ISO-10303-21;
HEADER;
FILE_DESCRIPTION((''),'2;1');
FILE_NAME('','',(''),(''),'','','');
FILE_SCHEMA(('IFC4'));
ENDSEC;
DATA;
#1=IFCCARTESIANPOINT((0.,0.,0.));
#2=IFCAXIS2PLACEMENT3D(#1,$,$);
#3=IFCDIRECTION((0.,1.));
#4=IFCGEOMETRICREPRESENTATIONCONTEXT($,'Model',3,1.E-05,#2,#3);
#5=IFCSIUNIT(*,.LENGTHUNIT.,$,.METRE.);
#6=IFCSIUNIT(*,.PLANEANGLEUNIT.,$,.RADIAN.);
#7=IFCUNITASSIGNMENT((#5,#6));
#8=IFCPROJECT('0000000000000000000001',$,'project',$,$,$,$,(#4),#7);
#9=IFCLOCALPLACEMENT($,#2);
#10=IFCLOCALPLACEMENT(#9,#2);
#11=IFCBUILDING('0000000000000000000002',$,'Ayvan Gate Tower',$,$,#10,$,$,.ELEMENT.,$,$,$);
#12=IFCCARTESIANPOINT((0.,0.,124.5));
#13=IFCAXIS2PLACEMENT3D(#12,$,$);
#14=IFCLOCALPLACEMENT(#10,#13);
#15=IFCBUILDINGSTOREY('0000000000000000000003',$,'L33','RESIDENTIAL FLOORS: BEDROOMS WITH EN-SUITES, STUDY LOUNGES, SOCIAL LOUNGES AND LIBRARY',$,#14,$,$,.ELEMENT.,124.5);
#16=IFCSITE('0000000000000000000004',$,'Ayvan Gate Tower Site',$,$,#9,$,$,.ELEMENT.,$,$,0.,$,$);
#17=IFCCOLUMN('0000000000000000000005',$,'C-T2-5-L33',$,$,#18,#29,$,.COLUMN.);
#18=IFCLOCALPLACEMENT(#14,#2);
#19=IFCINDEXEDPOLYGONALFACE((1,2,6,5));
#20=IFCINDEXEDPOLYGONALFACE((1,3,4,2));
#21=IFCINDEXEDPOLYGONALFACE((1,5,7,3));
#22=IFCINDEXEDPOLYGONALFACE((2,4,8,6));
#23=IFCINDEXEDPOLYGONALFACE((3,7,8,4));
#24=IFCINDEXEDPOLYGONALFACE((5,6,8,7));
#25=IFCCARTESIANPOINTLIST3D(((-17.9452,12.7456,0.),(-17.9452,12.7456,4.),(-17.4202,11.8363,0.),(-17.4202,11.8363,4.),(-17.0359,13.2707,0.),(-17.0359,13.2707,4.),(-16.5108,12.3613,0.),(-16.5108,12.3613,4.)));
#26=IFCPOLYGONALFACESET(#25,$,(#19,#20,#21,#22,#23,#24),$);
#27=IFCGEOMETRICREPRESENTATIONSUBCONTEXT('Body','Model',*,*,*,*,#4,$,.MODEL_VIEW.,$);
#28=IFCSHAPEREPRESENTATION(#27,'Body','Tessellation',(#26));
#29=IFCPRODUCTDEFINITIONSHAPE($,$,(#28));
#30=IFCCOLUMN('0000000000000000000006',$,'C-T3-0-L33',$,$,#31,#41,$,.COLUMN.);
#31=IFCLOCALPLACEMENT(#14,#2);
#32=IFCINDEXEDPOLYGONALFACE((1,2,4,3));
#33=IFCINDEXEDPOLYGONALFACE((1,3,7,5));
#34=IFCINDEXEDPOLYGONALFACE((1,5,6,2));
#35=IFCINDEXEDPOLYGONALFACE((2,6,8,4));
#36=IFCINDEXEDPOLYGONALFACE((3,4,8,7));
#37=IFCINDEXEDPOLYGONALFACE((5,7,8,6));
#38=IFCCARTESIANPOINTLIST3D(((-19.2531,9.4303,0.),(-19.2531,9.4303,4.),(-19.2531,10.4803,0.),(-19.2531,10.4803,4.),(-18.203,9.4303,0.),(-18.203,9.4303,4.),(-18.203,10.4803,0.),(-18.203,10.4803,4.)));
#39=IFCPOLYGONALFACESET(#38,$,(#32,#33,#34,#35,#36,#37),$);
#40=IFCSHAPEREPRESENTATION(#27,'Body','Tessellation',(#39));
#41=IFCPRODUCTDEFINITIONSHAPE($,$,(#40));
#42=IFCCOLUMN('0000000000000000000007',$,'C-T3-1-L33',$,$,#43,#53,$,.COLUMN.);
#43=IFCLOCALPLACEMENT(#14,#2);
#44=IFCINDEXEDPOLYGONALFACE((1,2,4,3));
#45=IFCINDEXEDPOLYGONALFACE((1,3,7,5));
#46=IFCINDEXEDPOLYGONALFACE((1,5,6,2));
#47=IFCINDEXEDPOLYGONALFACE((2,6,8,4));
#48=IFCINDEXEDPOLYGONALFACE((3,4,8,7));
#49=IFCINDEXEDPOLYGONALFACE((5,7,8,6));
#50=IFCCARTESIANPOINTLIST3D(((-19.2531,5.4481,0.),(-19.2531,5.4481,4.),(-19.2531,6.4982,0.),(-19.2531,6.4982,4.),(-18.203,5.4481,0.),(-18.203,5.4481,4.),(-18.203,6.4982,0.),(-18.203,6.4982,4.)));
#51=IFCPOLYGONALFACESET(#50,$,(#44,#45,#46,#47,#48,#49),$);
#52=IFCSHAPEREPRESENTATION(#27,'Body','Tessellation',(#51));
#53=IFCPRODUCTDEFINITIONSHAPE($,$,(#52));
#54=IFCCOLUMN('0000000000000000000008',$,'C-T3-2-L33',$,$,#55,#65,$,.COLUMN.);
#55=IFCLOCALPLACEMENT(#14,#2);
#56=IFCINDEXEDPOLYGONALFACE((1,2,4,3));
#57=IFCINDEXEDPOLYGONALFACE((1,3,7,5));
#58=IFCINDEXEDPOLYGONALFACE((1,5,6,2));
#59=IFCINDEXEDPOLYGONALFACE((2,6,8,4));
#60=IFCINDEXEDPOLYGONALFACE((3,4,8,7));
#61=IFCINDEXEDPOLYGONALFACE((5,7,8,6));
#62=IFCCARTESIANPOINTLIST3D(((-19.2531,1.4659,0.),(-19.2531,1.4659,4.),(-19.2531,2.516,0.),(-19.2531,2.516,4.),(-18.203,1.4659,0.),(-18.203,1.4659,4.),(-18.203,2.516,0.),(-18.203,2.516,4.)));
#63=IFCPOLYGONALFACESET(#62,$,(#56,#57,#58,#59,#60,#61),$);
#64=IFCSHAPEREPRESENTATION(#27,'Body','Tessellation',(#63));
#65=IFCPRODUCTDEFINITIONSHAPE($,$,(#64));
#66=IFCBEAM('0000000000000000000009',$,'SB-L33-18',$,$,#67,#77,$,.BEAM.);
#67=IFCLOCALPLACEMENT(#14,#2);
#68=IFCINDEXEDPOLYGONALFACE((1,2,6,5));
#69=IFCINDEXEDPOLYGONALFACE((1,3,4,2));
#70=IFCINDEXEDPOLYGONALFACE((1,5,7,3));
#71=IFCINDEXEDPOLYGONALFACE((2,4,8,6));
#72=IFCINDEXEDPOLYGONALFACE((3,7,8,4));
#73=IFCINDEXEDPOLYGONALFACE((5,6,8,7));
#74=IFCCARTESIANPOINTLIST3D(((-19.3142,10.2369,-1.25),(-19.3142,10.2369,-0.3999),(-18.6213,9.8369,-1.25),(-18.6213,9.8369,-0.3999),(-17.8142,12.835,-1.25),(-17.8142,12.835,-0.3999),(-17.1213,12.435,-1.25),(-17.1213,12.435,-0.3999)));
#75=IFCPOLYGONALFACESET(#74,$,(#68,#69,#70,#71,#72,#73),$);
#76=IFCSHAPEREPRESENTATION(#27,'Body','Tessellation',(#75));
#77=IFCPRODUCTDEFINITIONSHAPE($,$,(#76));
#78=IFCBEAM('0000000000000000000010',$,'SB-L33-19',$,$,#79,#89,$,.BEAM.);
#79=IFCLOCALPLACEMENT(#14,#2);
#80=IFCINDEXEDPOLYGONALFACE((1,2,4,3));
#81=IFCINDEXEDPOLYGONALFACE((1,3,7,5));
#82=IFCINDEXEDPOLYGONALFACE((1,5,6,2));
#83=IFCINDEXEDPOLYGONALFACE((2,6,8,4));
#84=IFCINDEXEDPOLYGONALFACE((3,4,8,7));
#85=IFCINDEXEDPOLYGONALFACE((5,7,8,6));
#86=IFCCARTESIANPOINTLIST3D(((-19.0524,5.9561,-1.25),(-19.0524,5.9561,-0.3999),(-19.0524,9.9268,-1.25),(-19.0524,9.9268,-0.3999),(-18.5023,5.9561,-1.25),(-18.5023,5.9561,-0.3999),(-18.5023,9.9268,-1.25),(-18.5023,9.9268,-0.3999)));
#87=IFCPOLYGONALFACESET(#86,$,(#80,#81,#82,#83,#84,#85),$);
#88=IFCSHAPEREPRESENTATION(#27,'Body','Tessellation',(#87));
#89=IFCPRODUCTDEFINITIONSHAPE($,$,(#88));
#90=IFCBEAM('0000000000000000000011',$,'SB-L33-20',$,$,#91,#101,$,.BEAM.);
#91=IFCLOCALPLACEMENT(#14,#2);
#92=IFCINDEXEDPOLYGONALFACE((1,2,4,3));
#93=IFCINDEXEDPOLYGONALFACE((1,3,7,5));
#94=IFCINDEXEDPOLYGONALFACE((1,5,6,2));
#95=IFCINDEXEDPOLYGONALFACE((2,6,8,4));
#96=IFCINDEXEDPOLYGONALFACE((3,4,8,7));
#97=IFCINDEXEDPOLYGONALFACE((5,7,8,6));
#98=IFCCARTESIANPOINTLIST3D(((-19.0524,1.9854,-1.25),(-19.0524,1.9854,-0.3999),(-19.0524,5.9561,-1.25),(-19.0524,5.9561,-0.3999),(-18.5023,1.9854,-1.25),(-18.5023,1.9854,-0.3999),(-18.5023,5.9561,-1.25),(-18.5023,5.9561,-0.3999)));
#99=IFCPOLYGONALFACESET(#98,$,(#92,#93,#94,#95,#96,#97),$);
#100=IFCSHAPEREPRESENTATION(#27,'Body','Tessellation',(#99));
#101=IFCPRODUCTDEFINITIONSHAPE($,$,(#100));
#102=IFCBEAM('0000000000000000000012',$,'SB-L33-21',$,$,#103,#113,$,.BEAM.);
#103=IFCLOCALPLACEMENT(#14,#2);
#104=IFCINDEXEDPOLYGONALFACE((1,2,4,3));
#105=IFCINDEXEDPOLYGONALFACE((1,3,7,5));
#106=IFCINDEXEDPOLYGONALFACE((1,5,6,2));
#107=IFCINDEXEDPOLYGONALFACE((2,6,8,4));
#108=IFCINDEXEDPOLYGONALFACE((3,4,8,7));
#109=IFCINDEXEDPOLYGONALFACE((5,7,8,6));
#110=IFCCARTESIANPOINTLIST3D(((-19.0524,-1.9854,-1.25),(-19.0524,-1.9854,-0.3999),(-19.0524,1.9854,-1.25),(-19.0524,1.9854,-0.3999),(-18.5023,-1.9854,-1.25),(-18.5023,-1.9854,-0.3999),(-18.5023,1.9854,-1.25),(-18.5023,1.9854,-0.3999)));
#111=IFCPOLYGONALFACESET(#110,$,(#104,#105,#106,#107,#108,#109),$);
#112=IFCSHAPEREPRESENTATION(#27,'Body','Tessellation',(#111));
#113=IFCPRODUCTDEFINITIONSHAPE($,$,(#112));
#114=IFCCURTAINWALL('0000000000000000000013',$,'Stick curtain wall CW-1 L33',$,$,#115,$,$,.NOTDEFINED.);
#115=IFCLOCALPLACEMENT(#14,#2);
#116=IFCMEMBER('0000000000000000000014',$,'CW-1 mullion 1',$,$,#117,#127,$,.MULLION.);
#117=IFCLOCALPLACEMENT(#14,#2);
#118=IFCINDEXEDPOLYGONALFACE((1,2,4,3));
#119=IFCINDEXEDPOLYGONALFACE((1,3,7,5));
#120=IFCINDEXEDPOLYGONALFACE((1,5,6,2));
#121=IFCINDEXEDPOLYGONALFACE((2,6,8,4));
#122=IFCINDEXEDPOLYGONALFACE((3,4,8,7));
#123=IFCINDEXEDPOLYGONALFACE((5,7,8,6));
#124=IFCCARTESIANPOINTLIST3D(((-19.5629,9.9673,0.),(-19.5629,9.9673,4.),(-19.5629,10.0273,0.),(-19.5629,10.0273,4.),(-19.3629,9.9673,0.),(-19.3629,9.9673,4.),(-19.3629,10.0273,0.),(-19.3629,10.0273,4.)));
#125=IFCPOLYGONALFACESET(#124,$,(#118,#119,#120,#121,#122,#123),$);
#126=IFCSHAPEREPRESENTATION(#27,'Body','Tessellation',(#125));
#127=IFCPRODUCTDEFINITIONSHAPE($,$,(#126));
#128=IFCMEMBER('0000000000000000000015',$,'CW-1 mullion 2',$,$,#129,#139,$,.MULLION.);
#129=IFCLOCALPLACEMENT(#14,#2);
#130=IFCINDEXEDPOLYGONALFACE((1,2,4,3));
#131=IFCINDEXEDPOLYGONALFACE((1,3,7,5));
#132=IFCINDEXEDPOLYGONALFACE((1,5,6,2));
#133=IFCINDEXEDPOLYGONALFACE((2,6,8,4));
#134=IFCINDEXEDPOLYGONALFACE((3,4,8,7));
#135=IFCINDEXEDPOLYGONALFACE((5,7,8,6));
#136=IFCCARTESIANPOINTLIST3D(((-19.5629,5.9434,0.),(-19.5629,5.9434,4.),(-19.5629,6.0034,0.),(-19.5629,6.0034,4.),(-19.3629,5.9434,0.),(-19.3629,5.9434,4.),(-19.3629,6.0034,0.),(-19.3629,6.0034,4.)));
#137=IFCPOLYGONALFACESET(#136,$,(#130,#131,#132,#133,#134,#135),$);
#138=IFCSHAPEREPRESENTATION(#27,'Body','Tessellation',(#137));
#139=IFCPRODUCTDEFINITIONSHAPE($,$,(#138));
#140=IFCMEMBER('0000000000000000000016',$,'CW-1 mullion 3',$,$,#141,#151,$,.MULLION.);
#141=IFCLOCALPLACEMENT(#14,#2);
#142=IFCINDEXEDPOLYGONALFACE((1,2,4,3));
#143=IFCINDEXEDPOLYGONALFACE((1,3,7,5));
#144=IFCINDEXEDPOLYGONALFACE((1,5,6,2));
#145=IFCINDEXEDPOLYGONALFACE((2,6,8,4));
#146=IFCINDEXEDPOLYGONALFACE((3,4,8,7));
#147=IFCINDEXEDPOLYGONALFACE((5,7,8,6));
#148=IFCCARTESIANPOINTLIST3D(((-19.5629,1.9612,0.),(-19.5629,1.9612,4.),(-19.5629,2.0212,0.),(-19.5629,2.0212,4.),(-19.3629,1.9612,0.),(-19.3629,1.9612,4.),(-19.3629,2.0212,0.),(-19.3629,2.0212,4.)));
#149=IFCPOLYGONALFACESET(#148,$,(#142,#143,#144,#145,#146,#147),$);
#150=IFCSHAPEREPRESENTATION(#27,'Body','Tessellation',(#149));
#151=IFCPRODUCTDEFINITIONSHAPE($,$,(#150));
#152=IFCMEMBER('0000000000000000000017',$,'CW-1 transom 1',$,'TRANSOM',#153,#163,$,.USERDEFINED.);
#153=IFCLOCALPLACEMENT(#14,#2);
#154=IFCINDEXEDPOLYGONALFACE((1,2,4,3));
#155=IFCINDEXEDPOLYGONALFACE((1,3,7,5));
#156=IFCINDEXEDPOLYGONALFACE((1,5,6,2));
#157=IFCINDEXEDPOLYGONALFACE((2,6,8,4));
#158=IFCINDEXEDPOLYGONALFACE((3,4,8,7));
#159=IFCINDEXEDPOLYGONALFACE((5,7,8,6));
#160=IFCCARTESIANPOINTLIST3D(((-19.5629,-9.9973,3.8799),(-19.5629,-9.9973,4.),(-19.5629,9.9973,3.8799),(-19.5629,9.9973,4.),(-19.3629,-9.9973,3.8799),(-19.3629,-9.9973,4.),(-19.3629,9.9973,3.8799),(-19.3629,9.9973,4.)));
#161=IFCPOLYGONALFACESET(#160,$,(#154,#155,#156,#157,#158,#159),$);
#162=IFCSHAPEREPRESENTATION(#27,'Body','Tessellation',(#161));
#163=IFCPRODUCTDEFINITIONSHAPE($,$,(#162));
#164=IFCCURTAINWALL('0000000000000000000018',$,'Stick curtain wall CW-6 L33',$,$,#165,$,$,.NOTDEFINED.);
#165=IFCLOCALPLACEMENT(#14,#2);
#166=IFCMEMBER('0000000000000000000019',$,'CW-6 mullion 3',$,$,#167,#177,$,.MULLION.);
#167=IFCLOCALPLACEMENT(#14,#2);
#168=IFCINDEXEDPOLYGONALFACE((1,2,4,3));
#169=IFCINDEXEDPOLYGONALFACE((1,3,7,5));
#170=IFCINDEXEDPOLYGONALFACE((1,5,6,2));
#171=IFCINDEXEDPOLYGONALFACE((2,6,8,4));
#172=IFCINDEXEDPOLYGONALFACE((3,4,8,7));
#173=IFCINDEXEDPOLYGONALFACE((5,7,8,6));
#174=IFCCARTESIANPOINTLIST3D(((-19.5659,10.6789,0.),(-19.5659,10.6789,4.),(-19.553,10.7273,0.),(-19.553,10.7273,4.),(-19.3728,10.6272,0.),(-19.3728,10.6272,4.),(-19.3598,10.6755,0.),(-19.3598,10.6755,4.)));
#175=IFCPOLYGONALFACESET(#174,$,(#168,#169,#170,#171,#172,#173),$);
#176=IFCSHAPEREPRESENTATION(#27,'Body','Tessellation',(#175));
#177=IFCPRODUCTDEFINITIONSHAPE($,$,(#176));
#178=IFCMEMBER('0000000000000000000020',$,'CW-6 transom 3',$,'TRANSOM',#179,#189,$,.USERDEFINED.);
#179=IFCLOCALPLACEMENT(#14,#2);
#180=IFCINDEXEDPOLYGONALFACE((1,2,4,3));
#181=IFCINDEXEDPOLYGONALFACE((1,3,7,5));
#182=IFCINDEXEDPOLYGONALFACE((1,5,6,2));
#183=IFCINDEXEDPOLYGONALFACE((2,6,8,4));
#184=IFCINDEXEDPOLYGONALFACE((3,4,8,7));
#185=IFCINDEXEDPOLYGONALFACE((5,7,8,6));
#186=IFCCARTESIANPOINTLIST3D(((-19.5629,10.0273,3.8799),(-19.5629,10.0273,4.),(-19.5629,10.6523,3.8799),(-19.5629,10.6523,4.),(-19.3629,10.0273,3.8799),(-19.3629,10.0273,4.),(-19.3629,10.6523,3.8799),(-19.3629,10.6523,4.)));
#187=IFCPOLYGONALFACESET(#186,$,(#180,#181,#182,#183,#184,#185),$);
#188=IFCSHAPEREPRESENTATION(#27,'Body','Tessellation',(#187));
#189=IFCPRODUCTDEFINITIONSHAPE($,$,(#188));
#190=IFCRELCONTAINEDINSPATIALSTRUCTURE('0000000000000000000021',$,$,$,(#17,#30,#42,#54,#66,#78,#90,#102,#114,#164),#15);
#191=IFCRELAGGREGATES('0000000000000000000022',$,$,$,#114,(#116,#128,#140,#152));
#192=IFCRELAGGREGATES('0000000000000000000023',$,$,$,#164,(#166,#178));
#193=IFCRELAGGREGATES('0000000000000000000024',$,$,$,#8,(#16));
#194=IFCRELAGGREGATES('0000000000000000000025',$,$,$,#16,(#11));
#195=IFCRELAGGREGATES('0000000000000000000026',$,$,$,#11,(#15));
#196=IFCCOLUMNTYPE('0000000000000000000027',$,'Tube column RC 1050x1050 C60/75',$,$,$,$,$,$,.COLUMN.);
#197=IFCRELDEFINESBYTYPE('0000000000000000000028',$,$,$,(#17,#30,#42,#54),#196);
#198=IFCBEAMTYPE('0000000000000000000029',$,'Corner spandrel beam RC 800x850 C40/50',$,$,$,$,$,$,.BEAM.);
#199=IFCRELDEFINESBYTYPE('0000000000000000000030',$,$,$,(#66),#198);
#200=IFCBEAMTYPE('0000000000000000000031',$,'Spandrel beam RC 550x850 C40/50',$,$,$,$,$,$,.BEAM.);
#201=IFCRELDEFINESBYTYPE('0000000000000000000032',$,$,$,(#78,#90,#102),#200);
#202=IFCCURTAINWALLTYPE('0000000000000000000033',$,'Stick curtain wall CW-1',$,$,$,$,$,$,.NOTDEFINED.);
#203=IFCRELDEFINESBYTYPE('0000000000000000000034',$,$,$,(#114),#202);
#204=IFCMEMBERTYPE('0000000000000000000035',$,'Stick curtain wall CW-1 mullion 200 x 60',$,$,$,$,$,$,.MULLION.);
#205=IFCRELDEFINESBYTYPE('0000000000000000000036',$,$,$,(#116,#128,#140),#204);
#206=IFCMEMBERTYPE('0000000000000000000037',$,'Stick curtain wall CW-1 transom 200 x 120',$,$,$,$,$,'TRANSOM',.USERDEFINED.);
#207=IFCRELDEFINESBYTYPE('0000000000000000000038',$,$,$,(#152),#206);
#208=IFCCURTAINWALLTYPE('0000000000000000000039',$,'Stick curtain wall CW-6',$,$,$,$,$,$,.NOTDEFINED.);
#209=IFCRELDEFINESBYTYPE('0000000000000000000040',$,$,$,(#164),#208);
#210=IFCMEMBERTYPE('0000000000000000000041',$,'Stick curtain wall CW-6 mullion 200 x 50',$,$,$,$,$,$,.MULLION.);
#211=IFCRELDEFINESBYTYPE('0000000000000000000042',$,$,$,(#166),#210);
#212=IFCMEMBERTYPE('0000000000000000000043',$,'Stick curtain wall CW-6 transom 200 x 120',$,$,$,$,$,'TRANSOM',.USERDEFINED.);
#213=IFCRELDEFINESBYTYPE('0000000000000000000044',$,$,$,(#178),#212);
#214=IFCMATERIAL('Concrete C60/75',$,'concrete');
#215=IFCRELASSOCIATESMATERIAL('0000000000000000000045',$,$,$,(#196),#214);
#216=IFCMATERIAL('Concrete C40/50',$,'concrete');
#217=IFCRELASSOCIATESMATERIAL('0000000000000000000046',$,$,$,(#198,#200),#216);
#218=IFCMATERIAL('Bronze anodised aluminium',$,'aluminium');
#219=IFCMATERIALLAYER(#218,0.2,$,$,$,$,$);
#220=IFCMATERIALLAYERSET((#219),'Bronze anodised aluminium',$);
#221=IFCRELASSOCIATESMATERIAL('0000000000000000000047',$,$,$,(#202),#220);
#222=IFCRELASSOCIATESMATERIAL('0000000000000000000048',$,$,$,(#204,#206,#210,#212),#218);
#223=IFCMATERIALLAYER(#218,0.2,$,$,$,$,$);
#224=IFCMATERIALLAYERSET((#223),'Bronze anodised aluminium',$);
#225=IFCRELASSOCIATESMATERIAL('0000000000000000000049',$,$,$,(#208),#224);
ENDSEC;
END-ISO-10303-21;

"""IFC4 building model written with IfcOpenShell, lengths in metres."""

from ifc_helpers import new_model, si_unit, direction, frame, origin, origin_2d, place, context, subcontext, project, spatial, rectangle, extrude, material, layer, layer_set, material_profile, profile_set, type_object, element, aggregate, save


model = new_model("IFC4")

# Units and contexts
model_context = context("Model", 3, precision=1e-05, world=origin(), true_north=direction((0.0, 1.0)))
body_context = subcontext(model_context, "Body", "Model", "MODEL_VIEW")
ifc_project = project(units=[si_unit("LENGTHUNIT", "METRE"), si_unit("PLANEANGLEUNIT", "RADIAN")], contexts=[model_context])

# Site, building, storey
site_placement = place(None, origin())
site = spatial("IfcSite", under=ifc_project, at=site_placement, Name="Ayvan Gate Tower Site", CompositionType="ELEMENT", RefElevation=0.0)
building_placement = place(site_placement, origin())
building = spatial("IfcBuilding", under=site, at=building_placement, Name="Ayvan Gate Tower", CompositionType="ELEMENT")
storey_placement = place(building_placement, frame((0.0, 0.0, 124.5)))
storey = spatial("IfcBuildingStorey", under=building, at=storey_placement, Name="L33", Description="RESIDENTIAL FLOORS: BEDROOMS WITH EN-SUITES, STUDY LOUNGES, SOCIAL LOUNGES AND LIBRARY", CompositionType="ELEMENT", Elevation=124.5)

# Columns
ifc_material_1 = material(Name="Concrete C60/75", Category="concrete")
ifc_material_profile_1 = material_profile(ifc_material_1, rectangle(XDim=1.05, YDim=1.05, at=origin_2d()), Name="RC 1050x1050")
ifc_profile_set_1 = profile_set([ifc_material_profile_1], Name="Concrete C60/75")
column_type = type_object("IfcColumnType", Name="Tube column RC 1050x1050 C60/75", PredefinedType="COLUMN", material=ifc_profile_set_1)
for number, where, z_axis, x_axis, name in (
    (1, (-17.228, 12.5535, 0.0), (0.0, 0.0, 1.0), (-0.5, 0.866025, 0.0), "C-T2-5-L33"),
    (2, (-18.728, 9.9553, 0.0), (0.0, 0.0, 1.0), (-1.0, 0.0, 0.0), "C-T3-0-L33"),
    (3, (-18.728, 5.9731, 0.0), (0.0, 0.0, 1.0), (-1.0, 0.0, 0.0), "C-T3-1-L33"),
    (4, (-18.728, 1.991, 0.0), (0.0, 0.0, 1.0), (-1.0, 0.0, 0.0), "C-T3-2-L33"),
):
    element("IfcColumn", number, at=place(storey_placement, frame(where, z_axis=z_axis, x_axis=x_axis)), inside=storey, type_object=column_type, Name=name, PredefinedType="COLUMN", context=body_context, shape_type="SweptSolid", body=[
        extrude(rectangle(XDim=1.05, YDim=1.05, at=origin_2d()), origin(), (0.0, 0.0, 1.0), 4.0),
    ])

# Beams
ifc_material_2 = material(Name="Concrete C40/50", Category="concrete")
ifc_material_profile_2 = material_profile(ifc_material_2, rectangle(XDim=0.8, YDim=0.8501, at=origin_2d()), Name="RC 800x850")
ifc_profile_set_2 = profile_set([ifc_material_profile_2], Name="Concrete C40/50")
beam_type_1 = type_object("IfcBeamType", Name="Corner spandrel beam RC 800x850 C40/50", PredefinedType="BEAM", material=ifc_profile_set_2)
beam_placement = place(storey_placement, frame((-17.4678, 12.635, -0.825), z_axis=(-0.49999, -0.866031, 0.0), x_axis=(0.866031, -0.49999, 0.0)))
element("IfcBeam", 5, at=beam_placement, inside=storey, type_object=beam_type_1, Name="SB-L33-18", PredefinedType="BEAM", context=body_context, shape_type="SweptSolid", body=[
    extrude(rectangle(XDim=0.8, YDim=0.8501, at=origin_2d()), origin(), (0.0, 0.0, 1.0), 3.0),
])
ifc_material_profile_3 = material_profile(ifc_material_2, rectangle(XDim=0.55, YDim=0.8501, at=origin_2d()), Name="RC 550x850")
ifc_profile_set_3 = profile_set([ifc_material_profile_3], Name="Concrete C40/50")
beam_type_2 = type_object("IfcBeamType", Name="Spandrel beam RC 550x850 C40/50", PredefinedType="BEAM", material=ifc_profile_set_3)
for number, where, z_axis, x_axis, name in (
    (6, (-18.7773, 9.9268, -0.825), (0.0, -1.0, 0.0), (1.0, 0.0, 0.0), "SB-L33-19"),
    (7, (-18.7773, 5.9561, -0.825), (0.0, -1.0, 0.0), (1.0, 0.0, 0.0), "SB-L33-20"),
    (8, (-18.7773, 1.9854, -0.825), (0.0, -1.0, 0.0), (1.0, 0.0, 0.0), "SB-L33-21"),
):
    element("IfcBeam", number, at=place(storey_placement, frame(where, z_axis=z_axis, x_axis=x_axis)), inside=storey, type_object=beam_type_2, Name=name, PredefinedType="BEAM", context=body_context, shape_type="SweptSolid", body=[
        extrude(rectangle(XDim=0.55, YDim=0.8501, at=origin_2d()), origin(), (0.0, 0.0, 1.0), 3.9707),
    ])

# Curtain walls, members
ifc_material_3 = material(Name="Bronze anodised aluminium", Category="aluminium")
ifc_layer_1 = layer(ifc_material_3, 0.2)
ifc_layer_set_1 = layer_set([ifc_layer_1], Name="Bronze anodised aluminium")
curtain_wall_type_1 = type_object("IfcCurtainWallType", Name="Stick curtain wall CW-1", PredefinedType="NOTDEFINED", material=ifc_layer_set_1)
curtain_wall_1_placement = place(storey_placement, origin())
curtain_wall_1 = element("IfcCurtainWall", 9, at=curtain_wall_1_placement, inside=storey, type_object=curtain_wall_type_1, Name="Stick curtain wall CW-1 L33", PredefinedType="NOTDEFINED")
ifc_material_profile_4 = material_profile(ifc_material_3, rectangle(XDim=0.2, YDim=0.0601, at=origin_2d()), Name="Stick curtain wall CW-1 mullion 200 x 60")
ifc_profile_set_4 = profile_set([ifc_material_profile_4], Name="Bronze anodised aluminium")
member_type_1 = type_object("IfcMemberType", Name="Stick curtain wall CW-1 mullion 200 x 60", PredefinedType="MULLION", material=ifc_profile_set_4)
member_1_placement = place(storey_placement, frame((-19.4629, 9.9973, 0.0), z_axis=(0.0, 0.0, 1.0), x_axis=(-1.0, 0.0, 0.0)))
member_1 = element("IfcMember", 10, at=member_1_placement, type_object=member_type_1, Name="CW-1 mullion 1", PredefinedType="MULLION", context=body_context, shape_type="SweptSolid", body=[
    extrude(rectangle(XDim=0.2, YDim=0.0601, at=origin_2d()), origin(), (0.0, 0.0, 1.0), 4.0),
])
member_2_placement = place(storey_placement, frame((-19.4629, 5.9734, 0.0), z_axis=(0.0, 0.0, 1.0), x_axis=(-1.0, 0.0, 0.0)))
member_2 = element("IfcMember", 11, at=member_2_placement, type_object=member_type_1, Name="CW-1 mullion 2", PredefinedType="MULLION", context=body_context, shape_type="SweptSolid", body=[
    extrude(rectangle(XDim=0.2, YDim=0.0601, at=origin_2d()), origin(), (0.0, 0.0, 1.0), 4.0),
])
member_3_placement = place(storey_placement, frame((-19.4629, 1.9912, 0.0), z_axis=(0.0, 0.0, 1.0), x_axis=(-1.0, 0.0, 0.0)))
member_3 = element("IfcMember", 12, at=member_3_placement, type_object=member_type_1, Name="CW-1 mullion 3", PredefinedType="MULLION", context=body_context, shape_type="SweptSolid", body=[
    extrude(rectangle(XDim=0.2, YDim=0.0601, at=origin_2d()), origin(), (0.0, 0.0, 1.0), 4.0),
])
ifc_material_profile_5 = material_profile(ifc_material_3, rectangle(XDim=0.2, YDim=0.1201, at=origin_2d()), Name="Stick curtain wall CW-1 transom 200 x 120")
ifc_profile_set_5 = profile_set([ifc_material_profile_5], Name="Bronze anodised aluminium")
member_type_2 = type_object("IfcMemberType", Name="Stick curtain wall CW-1 transom 200 x 120", ElementType="TRANSOM", PredefinedType="USERDEFINED", material=ifc_profile_set_5)
member_4_placement = place(storey_placement, frame((-19.4629, 9.9973, 3.9399), z_axis=(0.0, -1.0, 0.0), x_axis=(1.0, 0.0, 0.0)))
member_4 = element("IfcMember", 13, at=member_4_placement, type_object=member_type_2, Name="CW-1 transom 1", ObjectType="TRANSOM", PredefinedType="USERDEFINED", context=body_context, shape_type="SweptSolid", body=[
    extrude(rectangle(XDim=0.2, YDim=0.1201, at=origin_2d()), origin(), (0.0, 0.0, 1.0), 19.9946),
])
ifc_layer_2 = layer(ifc_material_3, 0.2)
ifc_layer_set_2 = layer_set([ifc_layer_2], Name="Bronze anodised aluminium")
curtain_wall_type_2 = type_object("IfcCurtainWallType", Name="Stick curtain wall CW-6", PredefinedType="NOTDEFINED", material=ifc_layer_set_2)
curtain_wall_2_placement = place(storey_placement, origin())
curtain_wall_2 = element("IfcCurtainWall", 14, at=curtain_wall_2_placement, inside=storey, type_object=curtain_wall_type_2, Name="Stick curtain wall CW-6 L33", PredefinedType="NOTDEFINED")
ifc_material_profile_6 = material_profile(ifc_material_3, rectangle(XDim=0.2, YDim=0.05, at=origin_2d()), Name="Stick curtain wall CW-6 mullion 200 x 50")
ifc_profile_set_6 = profile_set([ifc_material_profile_6], Name="Bronze anodised aluminium")
member_type_3 = type_object("IfcMemberType", Name="Stick curtain wall CW-6 mullion 200 x 50", PredefinedType="MULLION", material=ifc_profile_set_6)
member_5_placement = place(storey_placement, frame((-19.4629, 10.6772, 0.0), z_axis=(0.0, 0.0, 1.0), x_axis=(-0.965926, 0.258819, 0.0)))
member_5 = element("IfcMember", 15, at=member_5_placement, type_object=member_type_3, Name="CW-6 mullion 3", PredefinedType="MULLION", context=body_context, shape_type="SweptSolid", body=[
    extrude(rectangle(XDim=0.2, YDim=0.05, at=origin_2d()), origin(), (0.0, 0.0, 1.0), 4.0),
])
ifc_material_profile_7 = material_profile(ifc_material_3, rectangle(XDim=0.2, YDim=0.1201, at=origin_2d()), Name="Stick curtain wall CW-6 transom 200 x 120")
ifc_profile_set_7 = profile_set([ifc_material_profile_7], Name="Bronze anodised aluminium")
member_type_4 = type_object("IfcMemberType", Name="Stick curtain wall CW-6 transom 200 x 120", ElementType="TRANSOM", PredefinedType="USERDEFINED", material=ifc_profile_set_7)
member_6_placement = place(storey_placement, frame((-19.4629, 10.6523, 3.9399), z_axis=(0.0, -1.0, 0.0), x_axis=(1.0, 0.0, 0.0)))
member_6 = element("IfcMember", 16, at=member_6_placement, type_object=member_type_4, Name="CW-6 transom 3", ObjectType="TRANSOM", PredefinedType="USERDEFINED", context=body_context, shape_type="SweptSolid", body=[
    extrude(rectangle(XDim=0.2, YDim=0.1201, at=origin_2d()), origin(), (0.0, 0.0, 1.0), 0.625),
])

aggregate(curtain_wall_1, [member_1, member_2, member_3, member_4])
aggregate(curtain_wall_2, [member_5, member_6])

save(model, "model.ifc")
